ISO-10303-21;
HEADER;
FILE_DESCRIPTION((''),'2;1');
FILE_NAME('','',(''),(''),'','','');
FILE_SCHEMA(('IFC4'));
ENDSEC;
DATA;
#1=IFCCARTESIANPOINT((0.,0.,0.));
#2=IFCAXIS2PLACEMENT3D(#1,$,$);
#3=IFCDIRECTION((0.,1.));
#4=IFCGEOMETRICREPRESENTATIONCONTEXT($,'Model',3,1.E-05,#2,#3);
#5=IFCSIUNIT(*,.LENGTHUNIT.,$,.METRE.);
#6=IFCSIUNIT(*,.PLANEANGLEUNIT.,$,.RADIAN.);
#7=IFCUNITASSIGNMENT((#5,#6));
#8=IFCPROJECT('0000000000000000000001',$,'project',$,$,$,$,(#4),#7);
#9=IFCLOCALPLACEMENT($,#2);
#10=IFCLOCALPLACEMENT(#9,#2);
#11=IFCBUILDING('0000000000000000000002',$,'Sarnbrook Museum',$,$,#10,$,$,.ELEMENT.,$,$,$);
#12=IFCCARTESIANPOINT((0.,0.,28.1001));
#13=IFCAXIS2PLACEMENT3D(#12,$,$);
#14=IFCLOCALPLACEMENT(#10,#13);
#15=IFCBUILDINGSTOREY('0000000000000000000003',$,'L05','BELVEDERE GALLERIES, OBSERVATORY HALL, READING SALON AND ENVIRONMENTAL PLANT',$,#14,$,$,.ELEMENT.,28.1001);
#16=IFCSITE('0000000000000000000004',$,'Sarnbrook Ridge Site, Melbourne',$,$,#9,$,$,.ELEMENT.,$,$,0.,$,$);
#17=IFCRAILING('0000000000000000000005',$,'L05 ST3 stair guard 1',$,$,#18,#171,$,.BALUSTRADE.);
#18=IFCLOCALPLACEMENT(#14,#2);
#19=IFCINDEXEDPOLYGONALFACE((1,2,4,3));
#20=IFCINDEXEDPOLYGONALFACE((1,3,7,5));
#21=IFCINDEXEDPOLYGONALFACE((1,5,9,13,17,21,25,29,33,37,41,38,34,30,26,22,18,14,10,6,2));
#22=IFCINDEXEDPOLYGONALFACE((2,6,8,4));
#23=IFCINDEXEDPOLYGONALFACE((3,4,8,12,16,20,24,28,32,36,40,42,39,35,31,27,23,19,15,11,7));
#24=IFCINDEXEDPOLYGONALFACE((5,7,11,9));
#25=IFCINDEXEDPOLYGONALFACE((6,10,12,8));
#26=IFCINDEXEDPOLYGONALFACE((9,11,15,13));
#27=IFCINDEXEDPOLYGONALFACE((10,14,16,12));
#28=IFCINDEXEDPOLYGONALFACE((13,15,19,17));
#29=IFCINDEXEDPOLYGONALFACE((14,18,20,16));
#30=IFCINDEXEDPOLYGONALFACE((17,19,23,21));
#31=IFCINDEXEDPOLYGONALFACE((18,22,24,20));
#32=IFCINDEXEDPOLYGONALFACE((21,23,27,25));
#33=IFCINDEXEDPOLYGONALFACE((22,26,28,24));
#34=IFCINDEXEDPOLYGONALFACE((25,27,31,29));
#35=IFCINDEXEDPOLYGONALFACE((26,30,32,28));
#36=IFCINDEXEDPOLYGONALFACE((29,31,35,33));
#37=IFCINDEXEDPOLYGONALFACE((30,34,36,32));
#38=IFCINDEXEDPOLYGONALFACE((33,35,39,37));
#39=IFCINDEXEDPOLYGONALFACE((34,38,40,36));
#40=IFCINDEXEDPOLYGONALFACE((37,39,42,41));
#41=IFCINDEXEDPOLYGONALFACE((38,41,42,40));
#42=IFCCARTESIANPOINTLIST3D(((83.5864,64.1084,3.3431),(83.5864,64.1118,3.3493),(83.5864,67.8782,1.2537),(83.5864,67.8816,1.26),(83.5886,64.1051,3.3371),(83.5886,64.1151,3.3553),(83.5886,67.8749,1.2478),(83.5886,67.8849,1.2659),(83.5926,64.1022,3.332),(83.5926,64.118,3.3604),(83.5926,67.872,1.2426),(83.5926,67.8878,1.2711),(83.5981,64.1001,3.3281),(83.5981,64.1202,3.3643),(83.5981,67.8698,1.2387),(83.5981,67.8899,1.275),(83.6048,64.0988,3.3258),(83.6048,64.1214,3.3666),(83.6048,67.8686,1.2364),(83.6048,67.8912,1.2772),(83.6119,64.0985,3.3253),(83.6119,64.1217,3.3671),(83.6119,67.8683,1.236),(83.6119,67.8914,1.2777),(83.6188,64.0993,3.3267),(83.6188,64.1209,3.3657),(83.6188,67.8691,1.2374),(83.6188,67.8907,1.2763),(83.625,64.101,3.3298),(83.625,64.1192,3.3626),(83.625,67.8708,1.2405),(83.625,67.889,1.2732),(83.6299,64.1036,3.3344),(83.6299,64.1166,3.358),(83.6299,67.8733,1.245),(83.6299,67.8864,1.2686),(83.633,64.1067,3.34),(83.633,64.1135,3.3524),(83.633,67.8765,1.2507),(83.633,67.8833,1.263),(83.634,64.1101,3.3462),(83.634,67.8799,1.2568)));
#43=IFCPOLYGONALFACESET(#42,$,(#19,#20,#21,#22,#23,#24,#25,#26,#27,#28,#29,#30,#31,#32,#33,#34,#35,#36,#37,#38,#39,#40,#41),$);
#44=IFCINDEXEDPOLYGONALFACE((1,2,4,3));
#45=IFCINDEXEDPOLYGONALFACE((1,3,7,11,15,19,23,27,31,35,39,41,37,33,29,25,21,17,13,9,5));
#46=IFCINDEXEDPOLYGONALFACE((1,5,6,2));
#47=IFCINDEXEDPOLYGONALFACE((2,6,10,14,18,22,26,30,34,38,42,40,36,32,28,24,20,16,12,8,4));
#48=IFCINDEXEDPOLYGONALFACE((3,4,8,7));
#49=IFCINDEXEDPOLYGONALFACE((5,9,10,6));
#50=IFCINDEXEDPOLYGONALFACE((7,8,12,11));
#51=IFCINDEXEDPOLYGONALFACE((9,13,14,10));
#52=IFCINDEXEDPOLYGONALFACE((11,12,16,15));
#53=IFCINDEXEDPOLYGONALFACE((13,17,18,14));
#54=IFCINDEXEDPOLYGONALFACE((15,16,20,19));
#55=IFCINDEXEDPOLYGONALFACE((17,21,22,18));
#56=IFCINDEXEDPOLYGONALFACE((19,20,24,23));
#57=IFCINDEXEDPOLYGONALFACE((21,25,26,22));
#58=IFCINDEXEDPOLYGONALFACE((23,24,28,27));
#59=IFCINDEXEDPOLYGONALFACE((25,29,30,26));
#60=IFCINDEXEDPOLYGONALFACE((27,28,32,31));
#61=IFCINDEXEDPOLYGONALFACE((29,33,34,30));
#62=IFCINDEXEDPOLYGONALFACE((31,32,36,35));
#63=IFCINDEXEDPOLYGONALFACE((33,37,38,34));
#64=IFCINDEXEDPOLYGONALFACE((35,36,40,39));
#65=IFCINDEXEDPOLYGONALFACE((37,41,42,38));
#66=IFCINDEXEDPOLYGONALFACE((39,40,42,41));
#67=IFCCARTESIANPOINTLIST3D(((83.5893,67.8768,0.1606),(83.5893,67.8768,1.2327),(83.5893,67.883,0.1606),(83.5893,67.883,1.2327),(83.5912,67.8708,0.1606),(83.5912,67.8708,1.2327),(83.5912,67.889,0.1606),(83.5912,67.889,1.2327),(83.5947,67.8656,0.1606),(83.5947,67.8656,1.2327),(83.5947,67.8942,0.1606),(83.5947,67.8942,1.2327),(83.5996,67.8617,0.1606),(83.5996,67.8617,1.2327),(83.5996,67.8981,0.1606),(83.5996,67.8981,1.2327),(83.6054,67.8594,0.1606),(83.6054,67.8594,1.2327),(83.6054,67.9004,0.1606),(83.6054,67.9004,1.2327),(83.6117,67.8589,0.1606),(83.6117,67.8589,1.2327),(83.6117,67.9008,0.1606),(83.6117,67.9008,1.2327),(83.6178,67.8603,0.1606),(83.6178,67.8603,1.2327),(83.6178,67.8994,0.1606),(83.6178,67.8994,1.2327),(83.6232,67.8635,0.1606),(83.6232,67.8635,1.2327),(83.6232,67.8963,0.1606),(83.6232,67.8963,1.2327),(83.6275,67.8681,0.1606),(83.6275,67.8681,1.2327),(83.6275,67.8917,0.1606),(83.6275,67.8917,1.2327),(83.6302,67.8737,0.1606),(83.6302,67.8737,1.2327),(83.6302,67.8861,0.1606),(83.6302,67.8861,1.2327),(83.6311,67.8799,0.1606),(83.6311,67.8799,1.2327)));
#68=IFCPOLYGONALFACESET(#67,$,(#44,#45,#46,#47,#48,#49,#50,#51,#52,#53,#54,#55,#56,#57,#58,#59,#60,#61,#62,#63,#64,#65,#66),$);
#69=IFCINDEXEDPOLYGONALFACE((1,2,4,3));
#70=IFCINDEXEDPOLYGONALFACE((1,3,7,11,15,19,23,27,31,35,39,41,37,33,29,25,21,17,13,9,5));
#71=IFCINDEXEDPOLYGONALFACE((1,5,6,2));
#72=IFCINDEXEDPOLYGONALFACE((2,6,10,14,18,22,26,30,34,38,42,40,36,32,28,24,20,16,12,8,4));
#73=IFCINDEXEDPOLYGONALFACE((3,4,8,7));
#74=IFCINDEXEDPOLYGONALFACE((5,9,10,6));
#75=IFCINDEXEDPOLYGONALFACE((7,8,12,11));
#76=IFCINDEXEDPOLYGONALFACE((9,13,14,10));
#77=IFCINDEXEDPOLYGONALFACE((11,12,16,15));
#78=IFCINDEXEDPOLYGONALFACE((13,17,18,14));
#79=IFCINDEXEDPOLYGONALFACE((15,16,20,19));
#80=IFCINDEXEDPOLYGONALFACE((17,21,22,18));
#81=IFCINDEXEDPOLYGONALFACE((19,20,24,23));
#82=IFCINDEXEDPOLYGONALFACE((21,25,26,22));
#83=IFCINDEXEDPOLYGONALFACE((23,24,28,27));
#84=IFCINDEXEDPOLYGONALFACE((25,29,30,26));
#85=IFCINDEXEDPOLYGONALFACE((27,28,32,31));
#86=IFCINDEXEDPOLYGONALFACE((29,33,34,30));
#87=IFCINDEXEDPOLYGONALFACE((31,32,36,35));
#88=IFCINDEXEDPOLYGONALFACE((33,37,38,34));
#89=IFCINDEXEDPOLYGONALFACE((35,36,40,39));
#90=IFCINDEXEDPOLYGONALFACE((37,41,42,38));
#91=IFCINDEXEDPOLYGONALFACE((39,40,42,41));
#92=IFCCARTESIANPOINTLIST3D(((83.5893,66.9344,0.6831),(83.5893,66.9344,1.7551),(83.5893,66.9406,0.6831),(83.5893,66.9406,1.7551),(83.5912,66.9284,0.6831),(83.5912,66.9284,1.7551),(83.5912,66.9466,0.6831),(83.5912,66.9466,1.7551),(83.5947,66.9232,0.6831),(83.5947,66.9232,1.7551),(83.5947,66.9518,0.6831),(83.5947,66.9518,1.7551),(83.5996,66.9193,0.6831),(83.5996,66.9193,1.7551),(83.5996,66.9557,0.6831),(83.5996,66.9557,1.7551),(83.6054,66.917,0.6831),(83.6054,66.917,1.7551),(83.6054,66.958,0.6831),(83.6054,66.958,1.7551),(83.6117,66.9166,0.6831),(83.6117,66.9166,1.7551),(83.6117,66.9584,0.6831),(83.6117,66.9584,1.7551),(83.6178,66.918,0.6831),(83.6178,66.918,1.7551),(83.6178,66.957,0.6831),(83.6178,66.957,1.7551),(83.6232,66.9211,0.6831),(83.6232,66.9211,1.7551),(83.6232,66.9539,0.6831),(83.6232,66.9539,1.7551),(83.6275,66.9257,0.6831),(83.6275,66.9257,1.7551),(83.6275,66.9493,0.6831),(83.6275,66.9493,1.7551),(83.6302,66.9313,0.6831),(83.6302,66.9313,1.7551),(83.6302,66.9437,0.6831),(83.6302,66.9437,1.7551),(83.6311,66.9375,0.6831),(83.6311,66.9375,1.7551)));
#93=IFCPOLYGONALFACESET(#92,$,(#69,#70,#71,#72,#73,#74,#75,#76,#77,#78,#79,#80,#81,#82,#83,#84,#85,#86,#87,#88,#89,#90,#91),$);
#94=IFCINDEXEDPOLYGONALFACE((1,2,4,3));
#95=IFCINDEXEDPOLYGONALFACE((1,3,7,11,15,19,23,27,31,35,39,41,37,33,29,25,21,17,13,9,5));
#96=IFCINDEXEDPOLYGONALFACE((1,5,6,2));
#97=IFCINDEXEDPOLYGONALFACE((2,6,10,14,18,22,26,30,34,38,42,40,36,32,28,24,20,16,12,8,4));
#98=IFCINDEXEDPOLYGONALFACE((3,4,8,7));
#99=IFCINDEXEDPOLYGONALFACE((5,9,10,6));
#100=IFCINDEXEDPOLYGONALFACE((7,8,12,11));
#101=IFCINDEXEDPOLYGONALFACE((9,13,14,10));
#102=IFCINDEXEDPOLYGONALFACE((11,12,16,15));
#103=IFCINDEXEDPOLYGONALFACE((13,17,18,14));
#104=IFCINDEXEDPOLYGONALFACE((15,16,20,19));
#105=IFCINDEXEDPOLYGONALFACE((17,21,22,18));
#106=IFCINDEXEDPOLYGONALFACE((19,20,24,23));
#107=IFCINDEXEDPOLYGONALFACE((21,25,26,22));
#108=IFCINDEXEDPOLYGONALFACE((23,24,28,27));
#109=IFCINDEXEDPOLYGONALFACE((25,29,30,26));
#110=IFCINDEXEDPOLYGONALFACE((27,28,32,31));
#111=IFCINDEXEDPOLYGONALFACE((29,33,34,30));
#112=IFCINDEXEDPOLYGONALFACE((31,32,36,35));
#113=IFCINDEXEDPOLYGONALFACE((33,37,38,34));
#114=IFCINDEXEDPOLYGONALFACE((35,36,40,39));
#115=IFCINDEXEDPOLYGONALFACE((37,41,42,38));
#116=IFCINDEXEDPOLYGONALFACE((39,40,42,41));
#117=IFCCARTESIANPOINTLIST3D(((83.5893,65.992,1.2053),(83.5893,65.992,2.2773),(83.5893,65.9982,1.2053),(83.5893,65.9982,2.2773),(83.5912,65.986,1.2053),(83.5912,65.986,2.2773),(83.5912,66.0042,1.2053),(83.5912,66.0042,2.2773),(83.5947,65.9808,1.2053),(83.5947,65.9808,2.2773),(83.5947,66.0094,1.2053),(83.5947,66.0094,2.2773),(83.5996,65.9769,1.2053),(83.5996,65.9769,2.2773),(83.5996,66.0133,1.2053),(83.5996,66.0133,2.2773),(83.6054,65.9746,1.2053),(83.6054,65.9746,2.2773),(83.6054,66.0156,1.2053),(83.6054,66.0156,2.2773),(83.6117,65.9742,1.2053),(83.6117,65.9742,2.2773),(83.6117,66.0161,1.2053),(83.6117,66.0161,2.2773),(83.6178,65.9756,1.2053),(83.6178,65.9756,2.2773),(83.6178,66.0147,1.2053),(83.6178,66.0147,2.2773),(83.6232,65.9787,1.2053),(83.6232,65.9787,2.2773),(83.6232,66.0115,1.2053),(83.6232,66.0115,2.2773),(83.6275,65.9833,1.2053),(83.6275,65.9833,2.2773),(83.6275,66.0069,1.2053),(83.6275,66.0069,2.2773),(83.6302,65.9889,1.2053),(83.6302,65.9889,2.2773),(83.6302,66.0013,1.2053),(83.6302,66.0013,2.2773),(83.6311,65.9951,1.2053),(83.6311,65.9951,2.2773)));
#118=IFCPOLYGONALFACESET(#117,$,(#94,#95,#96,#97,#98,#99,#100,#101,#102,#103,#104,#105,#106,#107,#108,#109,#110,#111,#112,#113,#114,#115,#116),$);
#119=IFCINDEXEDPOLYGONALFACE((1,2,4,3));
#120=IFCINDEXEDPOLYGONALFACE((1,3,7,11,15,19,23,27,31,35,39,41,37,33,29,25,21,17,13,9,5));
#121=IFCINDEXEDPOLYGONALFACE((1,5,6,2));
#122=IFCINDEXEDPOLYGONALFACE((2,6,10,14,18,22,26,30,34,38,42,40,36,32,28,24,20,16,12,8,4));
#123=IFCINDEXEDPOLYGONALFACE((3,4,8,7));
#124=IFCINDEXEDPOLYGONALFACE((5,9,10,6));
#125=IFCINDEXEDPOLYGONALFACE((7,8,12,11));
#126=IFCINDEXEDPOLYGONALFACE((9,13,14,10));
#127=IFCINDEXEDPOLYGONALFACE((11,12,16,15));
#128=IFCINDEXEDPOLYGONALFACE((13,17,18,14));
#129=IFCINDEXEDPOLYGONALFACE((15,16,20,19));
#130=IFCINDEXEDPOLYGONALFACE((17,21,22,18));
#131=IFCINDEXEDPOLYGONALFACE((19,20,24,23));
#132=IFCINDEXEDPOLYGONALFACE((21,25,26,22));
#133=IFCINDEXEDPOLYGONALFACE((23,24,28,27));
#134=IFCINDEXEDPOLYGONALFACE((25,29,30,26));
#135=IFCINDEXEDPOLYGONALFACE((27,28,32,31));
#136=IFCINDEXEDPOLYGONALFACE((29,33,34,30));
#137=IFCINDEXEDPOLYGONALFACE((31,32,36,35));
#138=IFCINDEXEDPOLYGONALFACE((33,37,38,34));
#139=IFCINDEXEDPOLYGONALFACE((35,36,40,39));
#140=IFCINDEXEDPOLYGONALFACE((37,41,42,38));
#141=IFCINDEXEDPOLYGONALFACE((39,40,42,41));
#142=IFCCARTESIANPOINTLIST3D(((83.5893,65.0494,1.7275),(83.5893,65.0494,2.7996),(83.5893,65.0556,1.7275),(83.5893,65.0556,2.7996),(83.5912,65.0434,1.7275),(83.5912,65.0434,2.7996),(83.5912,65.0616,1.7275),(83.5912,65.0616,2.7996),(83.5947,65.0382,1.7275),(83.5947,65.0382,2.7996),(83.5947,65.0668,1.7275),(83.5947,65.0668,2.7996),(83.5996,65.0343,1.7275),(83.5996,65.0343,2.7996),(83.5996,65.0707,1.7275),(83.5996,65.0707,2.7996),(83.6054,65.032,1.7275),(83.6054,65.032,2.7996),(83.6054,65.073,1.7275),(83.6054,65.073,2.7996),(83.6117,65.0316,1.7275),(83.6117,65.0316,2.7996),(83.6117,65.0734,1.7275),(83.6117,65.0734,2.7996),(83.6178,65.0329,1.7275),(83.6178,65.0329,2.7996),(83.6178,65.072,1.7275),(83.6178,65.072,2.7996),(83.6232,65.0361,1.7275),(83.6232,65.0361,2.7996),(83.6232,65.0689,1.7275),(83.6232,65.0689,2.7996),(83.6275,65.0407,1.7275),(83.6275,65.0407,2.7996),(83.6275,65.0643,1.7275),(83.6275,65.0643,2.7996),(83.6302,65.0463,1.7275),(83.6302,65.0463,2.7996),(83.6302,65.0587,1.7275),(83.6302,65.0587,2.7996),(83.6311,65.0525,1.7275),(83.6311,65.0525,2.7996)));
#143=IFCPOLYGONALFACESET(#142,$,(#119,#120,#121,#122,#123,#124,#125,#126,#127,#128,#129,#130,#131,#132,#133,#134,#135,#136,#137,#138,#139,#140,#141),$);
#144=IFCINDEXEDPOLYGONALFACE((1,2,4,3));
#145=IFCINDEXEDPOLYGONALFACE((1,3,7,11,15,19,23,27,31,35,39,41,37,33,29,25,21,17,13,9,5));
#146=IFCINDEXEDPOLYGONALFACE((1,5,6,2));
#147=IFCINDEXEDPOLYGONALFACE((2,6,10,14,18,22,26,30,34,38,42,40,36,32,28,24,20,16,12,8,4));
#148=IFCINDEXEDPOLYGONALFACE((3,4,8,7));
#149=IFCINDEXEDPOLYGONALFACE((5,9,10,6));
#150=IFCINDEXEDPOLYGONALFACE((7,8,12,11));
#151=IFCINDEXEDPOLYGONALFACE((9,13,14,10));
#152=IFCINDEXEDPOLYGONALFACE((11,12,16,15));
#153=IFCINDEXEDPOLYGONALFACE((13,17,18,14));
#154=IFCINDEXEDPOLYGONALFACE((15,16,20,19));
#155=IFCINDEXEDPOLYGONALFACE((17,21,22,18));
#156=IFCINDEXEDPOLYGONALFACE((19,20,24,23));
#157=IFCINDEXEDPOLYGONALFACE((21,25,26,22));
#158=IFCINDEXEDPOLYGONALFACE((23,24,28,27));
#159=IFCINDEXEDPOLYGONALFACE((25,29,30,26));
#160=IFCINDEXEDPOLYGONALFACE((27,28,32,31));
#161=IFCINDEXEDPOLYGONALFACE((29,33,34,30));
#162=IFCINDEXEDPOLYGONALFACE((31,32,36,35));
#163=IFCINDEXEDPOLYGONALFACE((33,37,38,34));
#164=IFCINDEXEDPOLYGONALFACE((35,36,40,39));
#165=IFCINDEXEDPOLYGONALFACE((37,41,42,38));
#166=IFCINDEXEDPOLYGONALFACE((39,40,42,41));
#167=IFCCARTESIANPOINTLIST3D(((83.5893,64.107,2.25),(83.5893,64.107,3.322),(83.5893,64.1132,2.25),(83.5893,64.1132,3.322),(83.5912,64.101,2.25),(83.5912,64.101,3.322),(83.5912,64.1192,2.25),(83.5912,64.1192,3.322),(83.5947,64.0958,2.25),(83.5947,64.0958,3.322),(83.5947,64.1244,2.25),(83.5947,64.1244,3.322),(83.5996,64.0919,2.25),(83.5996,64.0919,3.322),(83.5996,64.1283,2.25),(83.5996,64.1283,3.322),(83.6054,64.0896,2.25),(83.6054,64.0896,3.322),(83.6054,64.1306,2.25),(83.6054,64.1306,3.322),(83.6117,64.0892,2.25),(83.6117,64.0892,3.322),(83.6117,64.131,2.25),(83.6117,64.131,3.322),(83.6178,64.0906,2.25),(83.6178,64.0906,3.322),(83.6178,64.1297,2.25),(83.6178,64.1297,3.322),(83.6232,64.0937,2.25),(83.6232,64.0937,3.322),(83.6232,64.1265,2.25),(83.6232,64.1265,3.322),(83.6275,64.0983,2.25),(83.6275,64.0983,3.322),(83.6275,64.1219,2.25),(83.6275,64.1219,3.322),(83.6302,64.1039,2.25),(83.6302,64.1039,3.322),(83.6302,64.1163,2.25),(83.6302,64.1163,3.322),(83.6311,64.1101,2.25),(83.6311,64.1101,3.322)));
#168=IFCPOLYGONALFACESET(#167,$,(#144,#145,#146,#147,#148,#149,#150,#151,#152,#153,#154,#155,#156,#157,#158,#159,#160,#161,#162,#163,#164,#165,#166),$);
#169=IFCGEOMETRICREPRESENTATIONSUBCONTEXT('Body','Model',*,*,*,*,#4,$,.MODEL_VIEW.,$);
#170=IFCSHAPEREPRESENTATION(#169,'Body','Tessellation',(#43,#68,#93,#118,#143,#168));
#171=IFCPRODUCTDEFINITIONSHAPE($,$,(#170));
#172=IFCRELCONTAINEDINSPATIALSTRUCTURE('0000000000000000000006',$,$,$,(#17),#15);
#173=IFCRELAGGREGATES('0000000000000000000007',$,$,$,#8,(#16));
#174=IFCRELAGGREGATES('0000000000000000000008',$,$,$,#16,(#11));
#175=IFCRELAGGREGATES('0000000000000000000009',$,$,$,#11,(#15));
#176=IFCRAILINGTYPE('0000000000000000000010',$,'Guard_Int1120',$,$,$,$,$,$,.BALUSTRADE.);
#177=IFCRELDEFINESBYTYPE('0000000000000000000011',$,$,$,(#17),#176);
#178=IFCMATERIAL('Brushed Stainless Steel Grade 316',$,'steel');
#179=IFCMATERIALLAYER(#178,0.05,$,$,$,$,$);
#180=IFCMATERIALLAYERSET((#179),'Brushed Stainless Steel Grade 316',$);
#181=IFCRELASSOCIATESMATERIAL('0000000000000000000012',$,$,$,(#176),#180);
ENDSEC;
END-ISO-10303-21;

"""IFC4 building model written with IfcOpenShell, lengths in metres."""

from ifc_helpers import new_model, si_unit, direction, frame, origin, origin_2d, place, context, subcontext, project, spatial, circle, extrude, material, layer, layer_set, type_object, element, save


model = new_model("IFC4")

# Units and contexts
model_context = context("Model", 3, precision=1e-05, world=origin(), true_north=direction((0.0, 1.0)))
body_context = subcontext(model_context, "Body", "Model", "MODEL_VIEW")
ifc_project = project(units=[si_unit("LENGTHUNIT", "METRE"), si_unit("PLANEANGLEUNIT", "RADIAN")], contexts=[model_context])

# Site, building, storey
site_placement = place(None, origin())
site = spatial("IfcSite", under=ifc_project, at=site_placement, Name="Sarnbrook Ridge Site, Melbourne", CompositionType="ELEMENT", RefElevation=0.0)
building_placement = place(site_placement, origin())
building = spatial("IfcBuilding", under=site, at=building_placement, Name="Sarnbrook Museum", CompositionType="ELEMENT")
storey_placement = place(building_placement, frame((0.0, 0.0, 28.1001)))
storey = spatial("IfcBuildingStorey", under=building, at=storey_placement, Name="L05", Description="BELVEDERE GALLERIES, OBSERVATORY HALL, READING SALON AND ENVIRONMENTAL PLANT", CompositionType="ELEMENT", Elevation=28.1001)

# Shared definitions
ifc_material_1 = material(Name="Brushed Stainless Steel Grade 316", Category="steel")

# Railing
ifc_layer_1 = layer(ifc_material_1, 0.05)
ifc_layer_set_1 = layer_set([ifc_layer_1], Name="Brushed Stainless Steel Grade 316")
railing_type_1 = type_object("IfcRailingType", Name="Guard_Int1120", PredefinedType="BALUSTRADE", material=ifc_layer_set_1)
railing_1_placement = place(storey_placement, frame((83.6101, 67.8799, 0.1606)))
element("IfcRailing", 1, at=railing_1_placement, inside=storey, type_object=railing_type_1, Name="L05 ST3 stair guard 1", PredefinedType="BALUSTRADE", context=body_context, shape_type="SweptSolid", body=[
    extrude(circle(Radius=0.0239, at=origin_2d()), frame((0.0, 0.0, 1.0962), z_axis=(0.0, -0.874646, 0.484763), x_axis=(1.0, 0.0, 0.0)), (0.0, 0.0, 1.0), 4.3101),
    extrude(circle(Radius=0.021, at=origin_2d()), origin(), (0.0, 0.0, 1.0), 1.072),
    extrude(circle(Radius=0.021, at=origin_2d()), frame((0.0, -0.9424, 0.5225)), (0.0, 0.0, 1.0), 1.072),
    extrude(circle(Radius=0.021, at=origin_2d()), frame((0.0, -1.8848, 1.0447)), (0.0, 0.0, 1.0), 1.072),
    extrude(circle(Radius=0.021, at=origin_2d()), frame((0.0, -2.8274, 1.5669)), (0.0, 0.0, 1.0), 1.072),
    extrude(circle(Radius=0.021, at=origin_2d()), frame((0.0, -3.7698, 2.0894)), (0.0, 0.0, 1.0), 1.072),
])

save(model, "model.ifc")
